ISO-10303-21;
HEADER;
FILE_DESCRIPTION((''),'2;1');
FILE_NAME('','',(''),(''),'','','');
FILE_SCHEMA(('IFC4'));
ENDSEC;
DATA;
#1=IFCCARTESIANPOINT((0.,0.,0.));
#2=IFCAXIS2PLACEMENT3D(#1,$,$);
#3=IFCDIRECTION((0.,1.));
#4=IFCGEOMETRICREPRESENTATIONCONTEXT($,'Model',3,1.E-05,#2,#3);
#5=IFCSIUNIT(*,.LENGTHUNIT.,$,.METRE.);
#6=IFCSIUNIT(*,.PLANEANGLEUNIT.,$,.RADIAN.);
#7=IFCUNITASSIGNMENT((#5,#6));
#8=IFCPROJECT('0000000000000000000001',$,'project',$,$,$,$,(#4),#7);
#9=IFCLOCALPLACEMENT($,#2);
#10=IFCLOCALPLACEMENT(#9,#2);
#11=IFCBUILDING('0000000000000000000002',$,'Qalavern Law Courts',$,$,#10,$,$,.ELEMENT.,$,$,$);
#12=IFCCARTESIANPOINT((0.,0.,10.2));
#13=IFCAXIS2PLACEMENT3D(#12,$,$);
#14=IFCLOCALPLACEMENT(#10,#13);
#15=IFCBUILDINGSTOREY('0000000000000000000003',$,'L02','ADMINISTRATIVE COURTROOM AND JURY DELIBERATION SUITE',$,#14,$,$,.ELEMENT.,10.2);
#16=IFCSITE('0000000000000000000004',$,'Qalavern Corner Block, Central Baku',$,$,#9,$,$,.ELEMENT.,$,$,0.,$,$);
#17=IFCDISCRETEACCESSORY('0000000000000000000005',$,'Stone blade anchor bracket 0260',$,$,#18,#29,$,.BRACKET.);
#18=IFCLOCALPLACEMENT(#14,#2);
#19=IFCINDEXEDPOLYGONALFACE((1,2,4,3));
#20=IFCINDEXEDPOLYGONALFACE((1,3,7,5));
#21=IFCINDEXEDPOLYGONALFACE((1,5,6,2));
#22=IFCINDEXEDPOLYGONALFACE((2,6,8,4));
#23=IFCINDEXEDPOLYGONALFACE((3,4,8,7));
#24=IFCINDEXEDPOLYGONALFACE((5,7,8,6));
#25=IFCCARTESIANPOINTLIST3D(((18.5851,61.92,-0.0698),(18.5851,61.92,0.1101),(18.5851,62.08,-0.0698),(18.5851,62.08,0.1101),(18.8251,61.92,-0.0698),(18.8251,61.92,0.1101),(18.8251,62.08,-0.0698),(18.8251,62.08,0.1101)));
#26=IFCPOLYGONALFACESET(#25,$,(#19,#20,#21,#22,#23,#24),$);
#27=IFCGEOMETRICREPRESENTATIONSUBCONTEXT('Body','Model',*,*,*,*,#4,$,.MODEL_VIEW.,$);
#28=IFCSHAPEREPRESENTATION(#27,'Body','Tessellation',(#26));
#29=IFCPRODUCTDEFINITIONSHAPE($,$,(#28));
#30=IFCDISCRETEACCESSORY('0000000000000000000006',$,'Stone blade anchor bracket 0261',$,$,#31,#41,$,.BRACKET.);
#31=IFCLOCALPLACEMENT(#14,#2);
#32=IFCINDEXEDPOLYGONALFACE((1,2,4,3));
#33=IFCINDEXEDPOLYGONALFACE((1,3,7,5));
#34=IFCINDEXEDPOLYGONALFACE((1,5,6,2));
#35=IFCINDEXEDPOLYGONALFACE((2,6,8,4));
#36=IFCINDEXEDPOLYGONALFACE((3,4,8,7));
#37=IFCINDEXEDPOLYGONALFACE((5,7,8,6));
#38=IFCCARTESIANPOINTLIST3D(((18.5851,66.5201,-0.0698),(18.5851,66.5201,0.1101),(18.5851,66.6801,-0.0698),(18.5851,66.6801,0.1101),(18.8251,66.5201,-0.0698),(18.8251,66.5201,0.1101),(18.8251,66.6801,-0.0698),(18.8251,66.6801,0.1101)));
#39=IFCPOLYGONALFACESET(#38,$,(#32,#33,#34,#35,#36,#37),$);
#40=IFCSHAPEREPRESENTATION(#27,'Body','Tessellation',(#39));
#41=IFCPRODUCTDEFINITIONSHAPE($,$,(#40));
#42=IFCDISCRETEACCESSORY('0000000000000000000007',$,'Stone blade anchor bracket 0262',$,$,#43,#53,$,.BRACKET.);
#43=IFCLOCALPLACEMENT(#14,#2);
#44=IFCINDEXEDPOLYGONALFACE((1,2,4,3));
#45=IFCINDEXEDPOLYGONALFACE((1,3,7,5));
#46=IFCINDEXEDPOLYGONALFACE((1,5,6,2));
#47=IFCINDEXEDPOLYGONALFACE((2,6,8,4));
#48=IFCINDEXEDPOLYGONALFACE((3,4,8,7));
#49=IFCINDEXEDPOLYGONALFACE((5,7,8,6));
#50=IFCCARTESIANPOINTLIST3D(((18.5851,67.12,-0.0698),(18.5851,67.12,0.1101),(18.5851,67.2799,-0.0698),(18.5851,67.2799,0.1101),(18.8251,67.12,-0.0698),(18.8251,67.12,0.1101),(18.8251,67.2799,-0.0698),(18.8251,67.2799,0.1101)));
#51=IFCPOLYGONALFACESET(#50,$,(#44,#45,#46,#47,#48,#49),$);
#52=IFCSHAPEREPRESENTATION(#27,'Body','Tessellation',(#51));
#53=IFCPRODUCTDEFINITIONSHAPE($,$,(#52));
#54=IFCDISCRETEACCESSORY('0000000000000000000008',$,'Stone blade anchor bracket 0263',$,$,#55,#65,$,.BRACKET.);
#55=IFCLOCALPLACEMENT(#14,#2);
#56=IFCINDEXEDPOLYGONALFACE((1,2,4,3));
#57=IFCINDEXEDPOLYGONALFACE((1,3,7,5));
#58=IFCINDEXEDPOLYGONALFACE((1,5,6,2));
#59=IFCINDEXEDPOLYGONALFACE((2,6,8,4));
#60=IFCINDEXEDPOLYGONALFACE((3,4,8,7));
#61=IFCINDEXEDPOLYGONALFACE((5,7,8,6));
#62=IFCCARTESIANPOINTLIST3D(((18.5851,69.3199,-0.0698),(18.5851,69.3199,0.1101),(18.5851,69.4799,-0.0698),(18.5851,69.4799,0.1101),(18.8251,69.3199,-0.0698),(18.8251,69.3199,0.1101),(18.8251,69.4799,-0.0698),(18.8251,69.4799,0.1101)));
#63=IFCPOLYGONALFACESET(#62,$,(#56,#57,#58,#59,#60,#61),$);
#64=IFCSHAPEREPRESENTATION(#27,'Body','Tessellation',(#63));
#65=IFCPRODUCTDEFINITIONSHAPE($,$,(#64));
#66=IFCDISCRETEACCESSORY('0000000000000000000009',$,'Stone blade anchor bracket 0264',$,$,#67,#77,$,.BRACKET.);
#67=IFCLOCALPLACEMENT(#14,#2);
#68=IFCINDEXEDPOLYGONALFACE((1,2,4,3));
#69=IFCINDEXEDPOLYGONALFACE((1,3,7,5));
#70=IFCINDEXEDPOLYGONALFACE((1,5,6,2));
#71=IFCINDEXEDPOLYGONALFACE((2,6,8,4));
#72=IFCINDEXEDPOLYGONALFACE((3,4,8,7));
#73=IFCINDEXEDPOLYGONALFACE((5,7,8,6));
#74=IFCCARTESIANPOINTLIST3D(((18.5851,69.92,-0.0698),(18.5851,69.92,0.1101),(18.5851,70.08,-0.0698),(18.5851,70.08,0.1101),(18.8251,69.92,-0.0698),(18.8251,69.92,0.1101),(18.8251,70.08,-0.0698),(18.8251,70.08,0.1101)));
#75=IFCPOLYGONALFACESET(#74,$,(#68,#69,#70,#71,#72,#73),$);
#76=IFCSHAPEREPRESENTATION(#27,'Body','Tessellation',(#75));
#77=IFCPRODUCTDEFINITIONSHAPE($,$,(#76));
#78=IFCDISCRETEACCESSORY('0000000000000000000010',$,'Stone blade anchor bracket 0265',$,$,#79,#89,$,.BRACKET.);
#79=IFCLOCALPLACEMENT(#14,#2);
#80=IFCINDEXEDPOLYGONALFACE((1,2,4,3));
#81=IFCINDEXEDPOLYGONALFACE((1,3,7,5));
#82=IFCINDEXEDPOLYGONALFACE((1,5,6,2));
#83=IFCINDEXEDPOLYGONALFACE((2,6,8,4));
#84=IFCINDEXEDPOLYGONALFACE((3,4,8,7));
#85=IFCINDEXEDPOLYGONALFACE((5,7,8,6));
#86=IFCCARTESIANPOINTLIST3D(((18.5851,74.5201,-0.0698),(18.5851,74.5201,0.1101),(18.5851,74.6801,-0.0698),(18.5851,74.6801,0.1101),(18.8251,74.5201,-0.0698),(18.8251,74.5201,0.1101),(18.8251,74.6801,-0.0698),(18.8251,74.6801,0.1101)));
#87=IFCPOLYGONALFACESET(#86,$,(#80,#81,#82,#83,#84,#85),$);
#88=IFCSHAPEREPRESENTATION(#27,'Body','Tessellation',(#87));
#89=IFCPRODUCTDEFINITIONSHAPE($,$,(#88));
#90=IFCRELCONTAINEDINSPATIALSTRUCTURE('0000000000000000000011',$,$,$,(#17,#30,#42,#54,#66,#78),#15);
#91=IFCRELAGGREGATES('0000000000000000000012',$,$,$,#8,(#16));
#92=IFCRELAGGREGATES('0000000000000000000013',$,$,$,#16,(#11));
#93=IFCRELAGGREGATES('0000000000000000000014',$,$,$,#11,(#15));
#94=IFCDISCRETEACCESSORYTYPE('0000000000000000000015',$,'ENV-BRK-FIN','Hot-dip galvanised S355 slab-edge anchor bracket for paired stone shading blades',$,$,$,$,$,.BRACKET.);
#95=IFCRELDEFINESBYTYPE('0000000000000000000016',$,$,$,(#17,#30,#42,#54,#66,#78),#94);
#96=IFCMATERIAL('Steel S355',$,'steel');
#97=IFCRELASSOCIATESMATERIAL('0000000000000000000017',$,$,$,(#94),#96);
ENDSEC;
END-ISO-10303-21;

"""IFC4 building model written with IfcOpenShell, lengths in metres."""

from ifc_helpers import new_model, si_unit, direction, frame, origin, origin_2d, place, context, subcontext, project, spatial, rectangle, extrude, material, type_object, element, save


model = new_model("IFC4")

# Units and contexts
model_context = context("Model", 3, precision=1e-05, world=origin(), true_north=direction((0.0, 1.0)))
body_context = subcontext(model_context, "Body", "Model", "MODEL_VIEW")
ifc_project = project(units=[si_unit("LENGTHUNIT", "METRE"), si_unit("PLANEANGLEUNIT", "RADIAN")], contexts=[model_context])

# Site, building, storey
site_placement = place(None, origin())
site = spatial("IfcSite", under=ifc_project, at=site_placement, Name="Qalavern Corner Block, Central Baku", CompositionType="ELEMENT", RefElevation=0.0)
building_placement = place(site_placement, origin())
building = spatial("IfcBuilding", under=site, at=building_placement, Name="Qalavern Law Courts", CompositionType="ELEMENT")
storey_placement = place(building_placement, frame((0.0, 0.0, 10.2)))
storey = spatial("IfcBuildingStorey", under=building, at=storey_placement, Name="L02", Description="ADMINISTRATIVE COURTROOM AND JURY DELIBERATION SUITE", CompositionType="ELEMENT", Elevation=10.2)

# Discrete accessories
ifc_material_1 = material(Name="Steel S355", Category="steel")
discrete_accessory_type = type_object("IfcDiscreteAccessoryType", Name="ENV-BRK-FIN", Description="Hot-dip galvanised S355 slab-edge anchor bracket for paired stone shading blades", PredefinedType="BRACKET", material=ifc_material_1)
for number, where, z_axis, x_axis, name in (
    (1, (18.7051, 62.0, -0.0698), (0.0, 0.0, 1.0), (1.0, 0.0, 0.0), "Stone blade anchor bracket 0260"),
    (2, (18.7051, 66.6001, -0.0698), (0.0, 0.0, 1.0), (1.0, 0.0, 0.0), "Stone blade anchor bracket 0261"),
    (3, (18.7051, 67.2, -0.0698), (0.0, 0.0, 1.0), (1.0, 0.0, 0.0), "Stone blade anchor bracket 0262"),
    (4, (18.7051, 69.3999, -0.0698), (0.0, 0.0, 1.0), (1.0, 0.0, 0.0), "Stone blade anchor bracket 0263"),
    (5, (18.7051, 70.0, -0.0698), (0.0, 0.0, 1.0), (1.0, 0.0, 0.0), "Stone blade anchor bracket 0264"),
    (6, (18.7051, 74.6001, -0.0698), (0.0, 0.0, 1.0), (1.0, 0.0, 0.0), "Stone blade anchor bracket 0265"),
):
    element("IfcDiscreteAccessory", number, at=place(storey_placement, frame(where, z_axis=z_axis, x_axis=x_axis)), inside=storey, type_object=discrete_accessory_type, Name=name, PredefinedType="BRACKET", context=body_context, shape_type="SweptSolid", body=[
        extrude(rectangle(XDim=0.24, YDim=0.1599, at=origin_2d()), origin(), (0.0, 0.0, 1.0), 0.1799),
    ])

save(model, "model.ifc")
